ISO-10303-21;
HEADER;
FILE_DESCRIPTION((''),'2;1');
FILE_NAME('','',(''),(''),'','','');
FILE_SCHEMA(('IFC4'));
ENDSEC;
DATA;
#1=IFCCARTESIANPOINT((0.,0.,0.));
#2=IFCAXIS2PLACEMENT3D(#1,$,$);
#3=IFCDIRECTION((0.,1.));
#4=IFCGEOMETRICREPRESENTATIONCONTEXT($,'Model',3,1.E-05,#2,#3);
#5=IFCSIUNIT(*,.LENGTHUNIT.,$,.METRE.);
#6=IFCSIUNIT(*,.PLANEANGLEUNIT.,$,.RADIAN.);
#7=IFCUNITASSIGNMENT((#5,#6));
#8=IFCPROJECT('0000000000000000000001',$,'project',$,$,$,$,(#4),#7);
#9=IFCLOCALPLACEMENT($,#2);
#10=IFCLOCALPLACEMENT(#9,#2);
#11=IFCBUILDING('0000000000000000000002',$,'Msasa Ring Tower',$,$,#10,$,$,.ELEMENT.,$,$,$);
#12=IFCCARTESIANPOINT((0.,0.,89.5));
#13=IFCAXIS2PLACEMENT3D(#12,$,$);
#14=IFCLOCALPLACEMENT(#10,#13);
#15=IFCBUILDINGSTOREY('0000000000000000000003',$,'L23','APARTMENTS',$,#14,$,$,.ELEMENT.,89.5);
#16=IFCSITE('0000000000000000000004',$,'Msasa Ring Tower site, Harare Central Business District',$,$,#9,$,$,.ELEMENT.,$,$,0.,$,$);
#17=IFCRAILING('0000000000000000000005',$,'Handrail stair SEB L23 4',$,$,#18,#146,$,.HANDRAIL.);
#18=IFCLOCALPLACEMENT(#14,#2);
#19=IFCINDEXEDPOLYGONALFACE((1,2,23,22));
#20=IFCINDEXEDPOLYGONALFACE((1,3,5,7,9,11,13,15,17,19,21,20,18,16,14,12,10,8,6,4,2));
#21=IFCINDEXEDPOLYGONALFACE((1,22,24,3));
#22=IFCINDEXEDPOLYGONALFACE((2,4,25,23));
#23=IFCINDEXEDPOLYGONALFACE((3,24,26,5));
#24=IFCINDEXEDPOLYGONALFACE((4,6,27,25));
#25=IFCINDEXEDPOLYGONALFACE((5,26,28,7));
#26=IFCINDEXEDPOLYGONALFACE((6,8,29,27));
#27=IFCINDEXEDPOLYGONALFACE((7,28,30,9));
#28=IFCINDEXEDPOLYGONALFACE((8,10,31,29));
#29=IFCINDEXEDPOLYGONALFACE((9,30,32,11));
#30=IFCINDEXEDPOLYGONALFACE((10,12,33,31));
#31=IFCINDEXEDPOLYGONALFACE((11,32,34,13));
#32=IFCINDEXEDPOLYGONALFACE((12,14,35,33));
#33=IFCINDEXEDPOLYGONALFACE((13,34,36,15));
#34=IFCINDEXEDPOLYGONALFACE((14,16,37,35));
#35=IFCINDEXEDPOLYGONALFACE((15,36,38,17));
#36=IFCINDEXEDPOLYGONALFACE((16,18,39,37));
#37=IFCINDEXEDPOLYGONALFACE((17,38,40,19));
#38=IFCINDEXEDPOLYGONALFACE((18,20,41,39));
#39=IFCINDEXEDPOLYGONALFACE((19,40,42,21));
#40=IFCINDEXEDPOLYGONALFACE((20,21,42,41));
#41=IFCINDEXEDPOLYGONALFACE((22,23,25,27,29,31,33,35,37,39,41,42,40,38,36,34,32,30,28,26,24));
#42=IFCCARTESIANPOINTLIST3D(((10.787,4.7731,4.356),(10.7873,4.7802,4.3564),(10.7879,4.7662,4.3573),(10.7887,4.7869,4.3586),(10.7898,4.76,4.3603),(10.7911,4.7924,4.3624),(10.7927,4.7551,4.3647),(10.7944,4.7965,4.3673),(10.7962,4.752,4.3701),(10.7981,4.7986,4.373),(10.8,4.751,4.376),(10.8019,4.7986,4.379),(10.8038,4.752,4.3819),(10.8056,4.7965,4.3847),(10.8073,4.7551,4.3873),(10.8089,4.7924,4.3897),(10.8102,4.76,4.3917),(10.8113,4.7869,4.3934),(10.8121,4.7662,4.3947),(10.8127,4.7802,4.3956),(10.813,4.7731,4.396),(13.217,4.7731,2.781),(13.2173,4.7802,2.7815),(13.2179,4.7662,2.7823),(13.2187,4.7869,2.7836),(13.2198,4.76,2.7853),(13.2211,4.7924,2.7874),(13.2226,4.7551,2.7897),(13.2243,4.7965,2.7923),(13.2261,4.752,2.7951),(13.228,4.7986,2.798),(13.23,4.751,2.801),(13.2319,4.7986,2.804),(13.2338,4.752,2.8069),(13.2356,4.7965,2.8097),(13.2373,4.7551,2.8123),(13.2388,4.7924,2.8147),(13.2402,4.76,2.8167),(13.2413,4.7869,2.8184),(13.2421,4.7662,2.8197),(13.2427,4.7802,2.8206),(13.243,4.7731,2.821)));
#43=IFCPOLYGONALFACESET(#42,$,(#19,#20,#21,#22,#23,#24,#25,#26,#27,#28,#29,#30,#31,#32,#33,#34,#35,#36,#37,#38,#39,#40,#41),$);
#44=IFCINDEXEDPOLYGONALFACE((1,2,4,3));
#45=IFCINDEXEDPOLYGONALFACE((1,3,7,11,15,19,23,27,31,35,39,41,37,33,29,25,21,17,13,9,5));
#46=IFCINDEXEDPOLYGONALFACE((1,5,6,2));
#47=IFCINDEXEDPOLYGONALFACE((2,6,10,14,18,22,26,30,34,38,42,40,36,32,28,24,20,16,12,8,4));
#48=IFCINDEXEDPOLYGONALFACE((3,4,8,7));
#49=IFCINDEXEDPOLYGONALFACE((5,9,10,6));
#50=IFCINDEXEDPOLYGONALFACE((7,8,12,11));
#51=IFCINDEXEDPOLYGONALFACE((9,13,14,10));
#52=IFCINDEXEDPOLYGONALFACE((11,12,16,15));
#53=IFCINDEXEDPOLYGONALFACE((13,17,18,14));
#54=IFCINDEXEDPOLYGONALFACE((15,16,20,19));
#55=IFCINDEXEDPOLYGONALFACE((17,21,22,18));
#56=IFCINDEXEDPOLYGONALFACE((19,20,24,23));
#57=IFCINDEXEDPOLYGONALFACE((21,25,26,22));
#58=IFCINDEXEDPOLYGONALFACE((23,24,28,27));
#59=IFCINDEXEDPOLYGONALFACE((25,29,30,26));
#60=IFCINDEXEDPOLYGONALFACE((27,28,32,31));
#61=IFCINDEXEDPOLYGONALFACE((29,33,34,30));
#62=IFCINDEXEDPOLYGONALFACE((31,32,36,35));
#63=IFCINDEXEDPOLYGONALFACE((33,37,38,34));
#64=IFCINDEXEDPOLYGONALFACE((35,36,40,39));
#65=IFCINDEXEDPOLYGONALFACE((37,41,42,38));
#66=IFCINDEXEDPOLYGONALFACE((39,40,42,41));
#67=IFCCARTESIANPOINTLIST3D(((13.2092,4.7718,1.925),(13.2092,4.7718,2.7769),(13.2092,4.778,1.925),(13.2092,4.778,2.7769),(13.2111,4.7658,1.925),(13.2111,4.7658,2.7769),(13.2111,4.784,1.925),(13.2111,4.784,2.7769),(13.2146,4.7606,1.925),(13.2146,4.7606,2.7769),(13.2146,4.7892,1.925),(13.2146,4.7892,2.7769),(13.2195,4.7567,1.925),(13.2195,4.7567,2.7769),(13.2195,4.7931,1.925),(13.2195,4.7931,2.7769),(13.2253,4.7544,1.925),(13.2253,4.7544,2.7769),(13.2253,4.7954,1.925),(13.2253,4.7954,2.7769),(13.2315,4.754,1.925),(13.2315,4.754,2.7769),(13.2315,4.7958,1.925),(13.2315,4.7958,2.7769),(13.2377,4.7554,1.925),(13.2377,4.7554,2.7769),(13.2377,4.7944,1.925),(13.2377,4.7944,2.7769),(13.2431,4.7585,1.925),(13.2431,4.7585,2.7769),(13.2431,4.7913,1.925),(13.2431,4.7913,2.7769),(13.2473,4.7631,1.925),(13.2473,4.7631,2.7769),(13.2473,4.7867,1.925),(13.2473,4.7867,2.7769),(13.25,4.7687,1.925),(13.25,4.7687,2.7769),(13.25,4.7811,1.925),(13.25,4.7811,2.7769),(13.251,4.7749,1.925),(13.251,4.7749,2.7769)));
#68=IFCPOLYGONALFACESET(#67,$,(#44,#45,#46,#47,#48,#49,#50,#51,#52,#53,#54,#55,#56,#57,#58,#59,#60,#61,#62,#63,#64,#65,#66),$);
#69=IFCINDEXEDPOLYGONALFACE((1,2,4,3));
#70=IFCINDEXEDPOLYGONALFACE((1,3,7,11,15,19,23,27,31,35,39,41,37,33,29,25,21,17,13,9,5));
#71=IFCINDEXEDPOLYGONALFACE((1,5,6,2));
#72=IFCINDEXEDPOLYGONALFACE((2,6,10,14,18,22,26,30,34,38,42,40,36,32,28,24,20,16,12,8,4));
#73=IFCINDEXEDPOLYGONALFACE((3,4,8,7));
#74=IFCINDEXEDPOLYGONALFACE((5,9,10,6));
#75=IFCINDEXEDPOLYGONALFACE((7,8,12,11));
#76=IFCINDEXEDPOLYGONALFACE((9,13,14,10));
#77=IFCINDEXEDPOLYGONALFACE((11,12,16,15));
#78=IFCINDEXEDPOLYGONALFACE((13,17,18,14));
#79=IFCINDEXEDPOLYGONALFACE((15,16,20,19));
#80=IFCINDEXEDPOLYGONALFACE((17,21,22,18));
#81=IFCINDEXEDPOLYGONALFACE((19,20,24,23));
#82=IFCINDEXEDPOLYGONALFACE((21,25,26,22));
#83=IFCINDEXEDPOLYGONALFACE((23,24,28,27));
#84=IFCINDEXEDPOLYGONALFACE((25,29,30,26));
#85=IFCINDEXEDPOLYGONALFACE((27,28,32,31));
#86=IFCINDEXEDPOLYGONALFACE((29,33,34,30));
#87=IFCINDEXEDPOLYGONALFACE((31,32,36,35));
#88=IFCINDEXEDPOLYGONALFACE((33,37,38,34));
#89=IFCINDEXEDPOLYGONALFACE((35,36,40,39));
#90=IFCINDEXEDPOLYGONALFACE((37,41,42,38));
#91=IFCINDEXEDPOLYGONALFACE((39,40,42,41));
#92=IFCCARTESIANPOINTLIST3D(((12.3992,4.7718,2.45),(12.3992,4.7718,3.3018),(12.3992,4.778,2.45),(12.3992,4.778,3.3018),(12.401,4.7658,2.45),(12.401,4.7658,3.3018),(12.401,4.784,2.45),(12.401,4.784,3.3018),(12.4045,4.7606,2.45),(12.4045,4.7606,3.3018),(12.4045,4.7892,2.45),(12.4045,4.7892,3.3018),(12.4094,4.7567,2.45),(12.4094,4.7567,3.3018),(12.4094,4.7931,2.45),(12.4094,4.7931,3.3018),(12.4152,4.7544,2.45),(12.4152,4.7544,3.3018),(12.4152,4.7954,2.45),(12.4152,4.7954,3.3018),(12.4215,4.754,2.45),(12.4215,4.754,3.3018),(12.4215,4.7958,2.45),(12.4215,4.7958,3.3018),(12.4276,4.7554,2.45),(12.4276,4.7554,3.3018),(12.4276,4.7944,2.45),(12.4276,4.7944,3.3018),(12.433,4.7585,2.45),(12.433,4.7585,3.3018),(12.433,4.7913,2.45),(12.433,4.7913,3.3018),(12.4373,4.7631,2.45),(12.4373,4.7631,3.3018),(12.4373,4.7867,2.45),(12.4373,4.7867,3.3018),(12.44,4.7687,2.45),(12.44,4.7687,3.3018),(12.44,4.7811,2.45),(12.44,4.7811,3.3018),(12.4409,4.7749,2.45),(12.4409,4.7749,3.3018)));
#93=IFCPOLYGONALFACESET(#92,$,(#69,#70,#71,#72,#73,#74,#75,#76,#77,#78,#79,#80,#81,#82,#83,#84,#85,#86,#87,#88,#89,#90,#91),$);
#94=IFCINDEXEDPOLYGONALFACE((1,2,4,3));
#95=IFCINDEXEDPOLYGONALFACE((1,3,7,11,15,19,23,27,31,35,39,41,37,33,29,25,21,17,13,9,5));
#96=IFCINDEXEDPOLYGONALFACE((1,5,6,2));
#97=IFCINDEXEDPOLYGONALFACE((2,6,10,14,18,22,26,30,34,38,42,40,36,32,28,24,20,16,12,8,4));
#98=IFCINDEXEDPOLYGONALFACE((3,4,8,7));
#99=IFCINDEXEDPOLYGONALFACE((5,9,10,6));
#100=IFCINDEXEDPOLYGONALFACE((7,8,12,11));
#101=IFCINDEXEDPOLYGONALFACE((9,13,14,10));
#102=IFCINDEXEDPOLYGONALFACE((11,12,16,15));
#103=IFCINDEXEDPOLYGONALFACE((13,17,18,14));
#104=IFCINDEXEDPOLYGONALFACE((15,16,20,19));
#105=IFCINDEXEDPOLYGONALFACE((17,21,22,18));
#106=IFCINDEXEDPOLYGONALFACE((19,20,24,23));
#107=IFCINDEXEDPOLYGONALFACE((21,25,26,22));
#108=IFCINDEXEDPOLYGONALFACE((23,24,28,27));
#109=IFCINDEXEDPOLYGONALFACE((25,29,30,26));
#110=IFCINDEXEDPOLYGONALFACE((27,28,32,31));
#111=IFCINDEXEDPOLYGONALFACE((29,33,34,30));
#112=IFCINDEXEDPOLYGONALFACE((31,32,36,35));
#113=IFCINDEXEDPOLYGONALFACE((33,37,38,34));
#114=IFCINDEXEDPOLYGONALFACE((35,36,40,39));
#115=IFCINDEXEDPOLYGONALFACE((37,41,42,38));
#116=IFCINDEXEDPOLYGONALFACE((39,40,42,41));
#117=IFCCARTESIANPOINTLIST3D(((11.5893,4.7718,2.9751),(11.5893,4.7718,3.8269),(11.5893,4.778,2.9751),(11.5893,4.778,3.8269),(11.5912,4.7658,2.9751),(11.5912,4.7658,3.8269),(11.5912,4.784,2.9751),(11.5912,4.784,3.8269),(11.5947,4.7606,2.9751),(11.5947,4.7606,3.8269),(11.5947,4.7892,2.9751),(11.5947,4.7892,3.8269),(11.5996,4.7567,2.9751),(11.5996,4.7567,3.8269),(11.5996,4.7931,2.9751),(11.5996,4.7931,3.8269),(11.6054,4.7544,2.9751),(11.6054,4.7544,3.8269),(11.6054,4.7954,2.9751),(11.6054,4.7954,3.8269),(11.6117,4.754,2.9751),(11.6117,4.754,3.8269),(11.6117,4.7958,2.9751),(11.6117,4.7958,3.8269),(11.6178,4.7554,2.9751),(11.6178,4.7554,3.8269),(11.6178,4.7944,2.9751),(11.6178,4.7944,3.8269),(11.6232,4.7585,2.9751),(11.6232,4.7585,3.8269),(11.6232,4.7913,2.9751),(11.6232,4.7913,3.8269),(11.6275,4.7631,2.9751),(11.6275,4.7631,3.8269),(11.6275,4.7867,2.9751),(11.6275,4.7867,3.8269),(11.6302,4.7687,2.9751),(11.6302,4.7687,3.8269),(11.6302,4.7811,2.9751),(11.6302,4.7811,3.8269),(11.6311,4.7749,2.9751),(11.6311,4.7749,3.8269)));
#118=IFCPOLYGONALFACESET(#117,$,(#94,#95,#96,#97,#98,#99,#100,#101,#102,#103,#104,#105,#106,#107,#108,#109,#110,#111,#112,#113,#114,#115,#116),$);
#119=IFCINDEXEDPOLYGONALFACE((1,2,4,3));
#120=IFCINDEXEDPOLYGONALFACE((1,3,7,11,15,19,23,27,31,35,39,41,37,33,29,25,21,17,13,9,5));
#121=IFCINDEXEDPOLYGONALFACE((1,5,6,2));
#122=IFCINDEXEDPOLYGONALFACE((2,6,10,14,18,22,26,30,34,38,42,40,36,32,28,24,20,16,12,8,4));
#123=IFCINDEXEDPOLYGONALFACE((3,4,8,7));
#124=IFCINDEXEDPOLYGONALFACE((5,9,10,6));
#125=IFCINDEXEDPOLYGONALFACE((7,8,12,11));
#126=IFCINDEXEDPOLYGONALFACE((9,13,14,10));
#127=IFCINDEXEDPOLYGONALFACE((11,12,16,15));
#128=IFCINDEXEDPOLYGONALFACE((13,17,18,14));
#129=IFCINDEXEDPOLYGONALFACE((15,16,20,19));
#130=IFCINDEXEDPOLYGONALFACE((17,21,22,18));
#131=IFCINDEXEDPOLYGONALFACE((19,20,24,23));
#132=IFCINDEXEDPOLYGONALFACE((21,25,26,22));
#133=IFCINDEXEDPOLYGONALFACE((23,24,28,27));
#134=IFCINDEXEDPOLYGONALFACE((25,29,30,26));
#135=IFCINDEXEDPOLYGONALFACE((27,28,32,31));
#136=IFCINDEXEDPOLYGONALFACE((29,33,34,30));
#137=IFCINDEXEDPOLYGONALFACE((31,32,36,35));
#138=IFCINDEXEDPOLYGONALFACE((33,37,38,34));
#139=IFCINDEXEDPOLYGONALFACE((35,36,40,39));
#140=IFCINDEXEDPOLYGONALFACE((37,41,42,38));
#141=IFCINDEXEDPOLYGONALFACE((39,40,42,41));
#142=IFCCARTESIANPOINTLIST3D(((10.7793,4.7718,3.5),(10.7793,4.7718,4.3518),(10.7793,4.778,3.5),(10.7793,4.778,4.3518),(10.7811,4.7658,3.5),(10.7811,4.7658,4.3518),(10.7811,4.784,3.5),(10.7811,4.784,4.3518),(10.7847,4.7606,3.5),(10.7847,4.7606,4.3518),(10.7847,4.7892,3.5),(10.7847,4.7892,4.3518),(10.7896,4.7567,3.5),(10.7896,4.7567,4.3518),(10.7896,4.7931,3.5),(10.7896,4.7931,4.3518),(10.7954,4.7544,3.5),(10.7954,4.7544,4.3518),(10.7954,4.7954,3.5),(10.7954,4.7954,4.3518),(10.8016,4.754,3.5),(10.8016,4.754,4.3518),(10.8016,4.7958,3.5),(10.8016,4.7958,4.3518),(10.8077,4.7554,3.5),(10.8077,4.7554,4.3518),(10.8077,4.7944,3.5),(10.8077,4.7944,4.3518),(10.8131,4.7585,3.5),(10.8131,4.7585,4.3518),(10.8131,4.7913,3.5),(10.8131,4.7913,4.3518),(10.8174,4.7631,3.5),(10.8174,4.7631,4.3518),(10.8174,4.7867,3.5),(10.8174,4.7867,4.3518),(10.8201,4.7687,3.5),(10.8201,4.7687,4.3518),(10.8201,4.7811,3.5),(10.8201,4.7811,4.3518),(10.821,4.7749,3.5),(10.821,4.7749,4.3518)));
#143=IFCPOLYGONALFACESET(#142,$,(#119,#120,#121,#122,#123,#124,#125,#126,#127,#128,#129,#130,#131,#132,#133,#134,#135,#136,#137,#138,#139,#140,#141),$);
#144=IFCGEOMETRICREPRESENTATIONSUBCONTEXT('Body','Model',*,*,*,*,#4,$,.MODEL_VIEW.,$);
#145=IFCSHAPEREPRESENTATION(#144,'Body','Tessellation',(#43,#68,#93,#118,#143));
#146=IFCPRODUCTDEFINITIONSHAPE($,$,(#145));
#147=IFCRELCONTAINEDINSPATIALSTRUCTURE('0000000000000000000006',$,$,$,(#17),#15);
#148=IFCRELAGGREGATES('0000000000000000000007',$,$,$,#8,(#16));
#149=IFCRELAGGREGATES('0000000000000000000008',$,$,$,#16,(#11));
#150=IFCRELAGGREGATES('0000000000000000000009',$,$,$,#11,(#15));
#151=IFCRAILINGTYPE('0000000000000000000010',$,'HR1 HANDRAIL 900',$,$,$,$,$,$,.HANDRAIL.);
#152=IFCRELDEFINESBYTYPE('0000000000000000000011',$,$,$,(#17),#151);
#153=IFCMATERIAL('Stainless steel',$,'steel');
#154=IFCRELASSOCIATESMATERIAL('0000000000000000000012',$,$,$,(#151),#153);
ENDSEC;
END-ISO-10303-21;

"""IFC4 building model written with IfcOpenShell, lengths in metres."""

from ifc_helpers import new_model, si_unit, direction, frame, origin, origin_2d, place, context, subcontext, project, spatial, circle, extrude, material, type_object, element, save


model = new_model("IFC4")

# Units and contexts
model_context = context("Model", 3, precision=1e-05, world=origin(), true_north=direction((0.0, 1.0)))
body_context = subcontext(model_context, "Body", "Model", "MODEL_VIEW")
ifc_project = project(units=[si_unit("LENGTHUNIT", "METRE"), si_unit("PLANEANGLEUNIT", "RADIAN")], contexts=[model_context])

# Site, building, storey
site_placement = place(None, origin())
site = spatial("IfcSite", under=ifc_project, at=site_placement, Name="Msasa Ring Tower site, Harare Central Business District", CompositionType="ELEMENT", RefElevation=0.0)
building_placement = place(site_placement, origin())
building = spatial("IfcBuilding", under=site, at=building_placement, Name="Msasa Ring Tower", CompositionType="ELEMENT")
storey_placement = place(building_placement, frame((0.0, 0.0, 89.5)))
storey = spatial("IfcBuildingStorey", under=building, at=storey_placement, Name="L23", Description="APARTMENTS", CompositionType="ELEMENT", Elevation=89.5)

# Railing
ifc_material_1 = material(Name="Stainless steel", Category="steel")
railing_type = type_object("IfcRailingType", Name="HR1 HANDRAIL 900", PredefinedType="HANDRAIL", material=ifc_material_1)
for number, where, name in (
    (1, (13.23, 4.7749, 1.925), "Handrail stair SEB L23 4"),
):
    element("IfcRailing", number, at=place(storey_placement, frame(where)), inside=storey, type_object=railing_type, Name=name, PredefinedType="HANDRAIL", context=body_context, shape_type="SweptSolid", body=[
        extrude(circle(Radius=0.0239, at=origin_2d()), frame((0.0, 0.0, 0.876), z_axis=(-0.839154, 0.0, 0.543894), x_axis=(0.0, -1.0, 0.0)), (0.0, 0.0, 1.0), 2.8958),
        extrude(circle(Radius=0.021, at=origin_2d()), origin(), (0.0, 0.0, 1.0), 0.8518),
        extrude(circle(Radius=0.021, at=origin_2d()), frame((-0.8101, 0.0, 0.5249)), (0.0, 0.0, 1.0), 0.8518),
        extrude(circle(Radius=0.021, at=origin_2d()), frame((-1.6199, 0.0, 1.05)), (0.0, 0.0, 1.0), 0.8518),
        extrude(circle(Radius=0.021, at=origin_2d()), frame((-2.4299, 0.0, 1.575)), (0.0, 0.0, 1.0), 0.8518),
    ])

save(model, "model.ifc")
